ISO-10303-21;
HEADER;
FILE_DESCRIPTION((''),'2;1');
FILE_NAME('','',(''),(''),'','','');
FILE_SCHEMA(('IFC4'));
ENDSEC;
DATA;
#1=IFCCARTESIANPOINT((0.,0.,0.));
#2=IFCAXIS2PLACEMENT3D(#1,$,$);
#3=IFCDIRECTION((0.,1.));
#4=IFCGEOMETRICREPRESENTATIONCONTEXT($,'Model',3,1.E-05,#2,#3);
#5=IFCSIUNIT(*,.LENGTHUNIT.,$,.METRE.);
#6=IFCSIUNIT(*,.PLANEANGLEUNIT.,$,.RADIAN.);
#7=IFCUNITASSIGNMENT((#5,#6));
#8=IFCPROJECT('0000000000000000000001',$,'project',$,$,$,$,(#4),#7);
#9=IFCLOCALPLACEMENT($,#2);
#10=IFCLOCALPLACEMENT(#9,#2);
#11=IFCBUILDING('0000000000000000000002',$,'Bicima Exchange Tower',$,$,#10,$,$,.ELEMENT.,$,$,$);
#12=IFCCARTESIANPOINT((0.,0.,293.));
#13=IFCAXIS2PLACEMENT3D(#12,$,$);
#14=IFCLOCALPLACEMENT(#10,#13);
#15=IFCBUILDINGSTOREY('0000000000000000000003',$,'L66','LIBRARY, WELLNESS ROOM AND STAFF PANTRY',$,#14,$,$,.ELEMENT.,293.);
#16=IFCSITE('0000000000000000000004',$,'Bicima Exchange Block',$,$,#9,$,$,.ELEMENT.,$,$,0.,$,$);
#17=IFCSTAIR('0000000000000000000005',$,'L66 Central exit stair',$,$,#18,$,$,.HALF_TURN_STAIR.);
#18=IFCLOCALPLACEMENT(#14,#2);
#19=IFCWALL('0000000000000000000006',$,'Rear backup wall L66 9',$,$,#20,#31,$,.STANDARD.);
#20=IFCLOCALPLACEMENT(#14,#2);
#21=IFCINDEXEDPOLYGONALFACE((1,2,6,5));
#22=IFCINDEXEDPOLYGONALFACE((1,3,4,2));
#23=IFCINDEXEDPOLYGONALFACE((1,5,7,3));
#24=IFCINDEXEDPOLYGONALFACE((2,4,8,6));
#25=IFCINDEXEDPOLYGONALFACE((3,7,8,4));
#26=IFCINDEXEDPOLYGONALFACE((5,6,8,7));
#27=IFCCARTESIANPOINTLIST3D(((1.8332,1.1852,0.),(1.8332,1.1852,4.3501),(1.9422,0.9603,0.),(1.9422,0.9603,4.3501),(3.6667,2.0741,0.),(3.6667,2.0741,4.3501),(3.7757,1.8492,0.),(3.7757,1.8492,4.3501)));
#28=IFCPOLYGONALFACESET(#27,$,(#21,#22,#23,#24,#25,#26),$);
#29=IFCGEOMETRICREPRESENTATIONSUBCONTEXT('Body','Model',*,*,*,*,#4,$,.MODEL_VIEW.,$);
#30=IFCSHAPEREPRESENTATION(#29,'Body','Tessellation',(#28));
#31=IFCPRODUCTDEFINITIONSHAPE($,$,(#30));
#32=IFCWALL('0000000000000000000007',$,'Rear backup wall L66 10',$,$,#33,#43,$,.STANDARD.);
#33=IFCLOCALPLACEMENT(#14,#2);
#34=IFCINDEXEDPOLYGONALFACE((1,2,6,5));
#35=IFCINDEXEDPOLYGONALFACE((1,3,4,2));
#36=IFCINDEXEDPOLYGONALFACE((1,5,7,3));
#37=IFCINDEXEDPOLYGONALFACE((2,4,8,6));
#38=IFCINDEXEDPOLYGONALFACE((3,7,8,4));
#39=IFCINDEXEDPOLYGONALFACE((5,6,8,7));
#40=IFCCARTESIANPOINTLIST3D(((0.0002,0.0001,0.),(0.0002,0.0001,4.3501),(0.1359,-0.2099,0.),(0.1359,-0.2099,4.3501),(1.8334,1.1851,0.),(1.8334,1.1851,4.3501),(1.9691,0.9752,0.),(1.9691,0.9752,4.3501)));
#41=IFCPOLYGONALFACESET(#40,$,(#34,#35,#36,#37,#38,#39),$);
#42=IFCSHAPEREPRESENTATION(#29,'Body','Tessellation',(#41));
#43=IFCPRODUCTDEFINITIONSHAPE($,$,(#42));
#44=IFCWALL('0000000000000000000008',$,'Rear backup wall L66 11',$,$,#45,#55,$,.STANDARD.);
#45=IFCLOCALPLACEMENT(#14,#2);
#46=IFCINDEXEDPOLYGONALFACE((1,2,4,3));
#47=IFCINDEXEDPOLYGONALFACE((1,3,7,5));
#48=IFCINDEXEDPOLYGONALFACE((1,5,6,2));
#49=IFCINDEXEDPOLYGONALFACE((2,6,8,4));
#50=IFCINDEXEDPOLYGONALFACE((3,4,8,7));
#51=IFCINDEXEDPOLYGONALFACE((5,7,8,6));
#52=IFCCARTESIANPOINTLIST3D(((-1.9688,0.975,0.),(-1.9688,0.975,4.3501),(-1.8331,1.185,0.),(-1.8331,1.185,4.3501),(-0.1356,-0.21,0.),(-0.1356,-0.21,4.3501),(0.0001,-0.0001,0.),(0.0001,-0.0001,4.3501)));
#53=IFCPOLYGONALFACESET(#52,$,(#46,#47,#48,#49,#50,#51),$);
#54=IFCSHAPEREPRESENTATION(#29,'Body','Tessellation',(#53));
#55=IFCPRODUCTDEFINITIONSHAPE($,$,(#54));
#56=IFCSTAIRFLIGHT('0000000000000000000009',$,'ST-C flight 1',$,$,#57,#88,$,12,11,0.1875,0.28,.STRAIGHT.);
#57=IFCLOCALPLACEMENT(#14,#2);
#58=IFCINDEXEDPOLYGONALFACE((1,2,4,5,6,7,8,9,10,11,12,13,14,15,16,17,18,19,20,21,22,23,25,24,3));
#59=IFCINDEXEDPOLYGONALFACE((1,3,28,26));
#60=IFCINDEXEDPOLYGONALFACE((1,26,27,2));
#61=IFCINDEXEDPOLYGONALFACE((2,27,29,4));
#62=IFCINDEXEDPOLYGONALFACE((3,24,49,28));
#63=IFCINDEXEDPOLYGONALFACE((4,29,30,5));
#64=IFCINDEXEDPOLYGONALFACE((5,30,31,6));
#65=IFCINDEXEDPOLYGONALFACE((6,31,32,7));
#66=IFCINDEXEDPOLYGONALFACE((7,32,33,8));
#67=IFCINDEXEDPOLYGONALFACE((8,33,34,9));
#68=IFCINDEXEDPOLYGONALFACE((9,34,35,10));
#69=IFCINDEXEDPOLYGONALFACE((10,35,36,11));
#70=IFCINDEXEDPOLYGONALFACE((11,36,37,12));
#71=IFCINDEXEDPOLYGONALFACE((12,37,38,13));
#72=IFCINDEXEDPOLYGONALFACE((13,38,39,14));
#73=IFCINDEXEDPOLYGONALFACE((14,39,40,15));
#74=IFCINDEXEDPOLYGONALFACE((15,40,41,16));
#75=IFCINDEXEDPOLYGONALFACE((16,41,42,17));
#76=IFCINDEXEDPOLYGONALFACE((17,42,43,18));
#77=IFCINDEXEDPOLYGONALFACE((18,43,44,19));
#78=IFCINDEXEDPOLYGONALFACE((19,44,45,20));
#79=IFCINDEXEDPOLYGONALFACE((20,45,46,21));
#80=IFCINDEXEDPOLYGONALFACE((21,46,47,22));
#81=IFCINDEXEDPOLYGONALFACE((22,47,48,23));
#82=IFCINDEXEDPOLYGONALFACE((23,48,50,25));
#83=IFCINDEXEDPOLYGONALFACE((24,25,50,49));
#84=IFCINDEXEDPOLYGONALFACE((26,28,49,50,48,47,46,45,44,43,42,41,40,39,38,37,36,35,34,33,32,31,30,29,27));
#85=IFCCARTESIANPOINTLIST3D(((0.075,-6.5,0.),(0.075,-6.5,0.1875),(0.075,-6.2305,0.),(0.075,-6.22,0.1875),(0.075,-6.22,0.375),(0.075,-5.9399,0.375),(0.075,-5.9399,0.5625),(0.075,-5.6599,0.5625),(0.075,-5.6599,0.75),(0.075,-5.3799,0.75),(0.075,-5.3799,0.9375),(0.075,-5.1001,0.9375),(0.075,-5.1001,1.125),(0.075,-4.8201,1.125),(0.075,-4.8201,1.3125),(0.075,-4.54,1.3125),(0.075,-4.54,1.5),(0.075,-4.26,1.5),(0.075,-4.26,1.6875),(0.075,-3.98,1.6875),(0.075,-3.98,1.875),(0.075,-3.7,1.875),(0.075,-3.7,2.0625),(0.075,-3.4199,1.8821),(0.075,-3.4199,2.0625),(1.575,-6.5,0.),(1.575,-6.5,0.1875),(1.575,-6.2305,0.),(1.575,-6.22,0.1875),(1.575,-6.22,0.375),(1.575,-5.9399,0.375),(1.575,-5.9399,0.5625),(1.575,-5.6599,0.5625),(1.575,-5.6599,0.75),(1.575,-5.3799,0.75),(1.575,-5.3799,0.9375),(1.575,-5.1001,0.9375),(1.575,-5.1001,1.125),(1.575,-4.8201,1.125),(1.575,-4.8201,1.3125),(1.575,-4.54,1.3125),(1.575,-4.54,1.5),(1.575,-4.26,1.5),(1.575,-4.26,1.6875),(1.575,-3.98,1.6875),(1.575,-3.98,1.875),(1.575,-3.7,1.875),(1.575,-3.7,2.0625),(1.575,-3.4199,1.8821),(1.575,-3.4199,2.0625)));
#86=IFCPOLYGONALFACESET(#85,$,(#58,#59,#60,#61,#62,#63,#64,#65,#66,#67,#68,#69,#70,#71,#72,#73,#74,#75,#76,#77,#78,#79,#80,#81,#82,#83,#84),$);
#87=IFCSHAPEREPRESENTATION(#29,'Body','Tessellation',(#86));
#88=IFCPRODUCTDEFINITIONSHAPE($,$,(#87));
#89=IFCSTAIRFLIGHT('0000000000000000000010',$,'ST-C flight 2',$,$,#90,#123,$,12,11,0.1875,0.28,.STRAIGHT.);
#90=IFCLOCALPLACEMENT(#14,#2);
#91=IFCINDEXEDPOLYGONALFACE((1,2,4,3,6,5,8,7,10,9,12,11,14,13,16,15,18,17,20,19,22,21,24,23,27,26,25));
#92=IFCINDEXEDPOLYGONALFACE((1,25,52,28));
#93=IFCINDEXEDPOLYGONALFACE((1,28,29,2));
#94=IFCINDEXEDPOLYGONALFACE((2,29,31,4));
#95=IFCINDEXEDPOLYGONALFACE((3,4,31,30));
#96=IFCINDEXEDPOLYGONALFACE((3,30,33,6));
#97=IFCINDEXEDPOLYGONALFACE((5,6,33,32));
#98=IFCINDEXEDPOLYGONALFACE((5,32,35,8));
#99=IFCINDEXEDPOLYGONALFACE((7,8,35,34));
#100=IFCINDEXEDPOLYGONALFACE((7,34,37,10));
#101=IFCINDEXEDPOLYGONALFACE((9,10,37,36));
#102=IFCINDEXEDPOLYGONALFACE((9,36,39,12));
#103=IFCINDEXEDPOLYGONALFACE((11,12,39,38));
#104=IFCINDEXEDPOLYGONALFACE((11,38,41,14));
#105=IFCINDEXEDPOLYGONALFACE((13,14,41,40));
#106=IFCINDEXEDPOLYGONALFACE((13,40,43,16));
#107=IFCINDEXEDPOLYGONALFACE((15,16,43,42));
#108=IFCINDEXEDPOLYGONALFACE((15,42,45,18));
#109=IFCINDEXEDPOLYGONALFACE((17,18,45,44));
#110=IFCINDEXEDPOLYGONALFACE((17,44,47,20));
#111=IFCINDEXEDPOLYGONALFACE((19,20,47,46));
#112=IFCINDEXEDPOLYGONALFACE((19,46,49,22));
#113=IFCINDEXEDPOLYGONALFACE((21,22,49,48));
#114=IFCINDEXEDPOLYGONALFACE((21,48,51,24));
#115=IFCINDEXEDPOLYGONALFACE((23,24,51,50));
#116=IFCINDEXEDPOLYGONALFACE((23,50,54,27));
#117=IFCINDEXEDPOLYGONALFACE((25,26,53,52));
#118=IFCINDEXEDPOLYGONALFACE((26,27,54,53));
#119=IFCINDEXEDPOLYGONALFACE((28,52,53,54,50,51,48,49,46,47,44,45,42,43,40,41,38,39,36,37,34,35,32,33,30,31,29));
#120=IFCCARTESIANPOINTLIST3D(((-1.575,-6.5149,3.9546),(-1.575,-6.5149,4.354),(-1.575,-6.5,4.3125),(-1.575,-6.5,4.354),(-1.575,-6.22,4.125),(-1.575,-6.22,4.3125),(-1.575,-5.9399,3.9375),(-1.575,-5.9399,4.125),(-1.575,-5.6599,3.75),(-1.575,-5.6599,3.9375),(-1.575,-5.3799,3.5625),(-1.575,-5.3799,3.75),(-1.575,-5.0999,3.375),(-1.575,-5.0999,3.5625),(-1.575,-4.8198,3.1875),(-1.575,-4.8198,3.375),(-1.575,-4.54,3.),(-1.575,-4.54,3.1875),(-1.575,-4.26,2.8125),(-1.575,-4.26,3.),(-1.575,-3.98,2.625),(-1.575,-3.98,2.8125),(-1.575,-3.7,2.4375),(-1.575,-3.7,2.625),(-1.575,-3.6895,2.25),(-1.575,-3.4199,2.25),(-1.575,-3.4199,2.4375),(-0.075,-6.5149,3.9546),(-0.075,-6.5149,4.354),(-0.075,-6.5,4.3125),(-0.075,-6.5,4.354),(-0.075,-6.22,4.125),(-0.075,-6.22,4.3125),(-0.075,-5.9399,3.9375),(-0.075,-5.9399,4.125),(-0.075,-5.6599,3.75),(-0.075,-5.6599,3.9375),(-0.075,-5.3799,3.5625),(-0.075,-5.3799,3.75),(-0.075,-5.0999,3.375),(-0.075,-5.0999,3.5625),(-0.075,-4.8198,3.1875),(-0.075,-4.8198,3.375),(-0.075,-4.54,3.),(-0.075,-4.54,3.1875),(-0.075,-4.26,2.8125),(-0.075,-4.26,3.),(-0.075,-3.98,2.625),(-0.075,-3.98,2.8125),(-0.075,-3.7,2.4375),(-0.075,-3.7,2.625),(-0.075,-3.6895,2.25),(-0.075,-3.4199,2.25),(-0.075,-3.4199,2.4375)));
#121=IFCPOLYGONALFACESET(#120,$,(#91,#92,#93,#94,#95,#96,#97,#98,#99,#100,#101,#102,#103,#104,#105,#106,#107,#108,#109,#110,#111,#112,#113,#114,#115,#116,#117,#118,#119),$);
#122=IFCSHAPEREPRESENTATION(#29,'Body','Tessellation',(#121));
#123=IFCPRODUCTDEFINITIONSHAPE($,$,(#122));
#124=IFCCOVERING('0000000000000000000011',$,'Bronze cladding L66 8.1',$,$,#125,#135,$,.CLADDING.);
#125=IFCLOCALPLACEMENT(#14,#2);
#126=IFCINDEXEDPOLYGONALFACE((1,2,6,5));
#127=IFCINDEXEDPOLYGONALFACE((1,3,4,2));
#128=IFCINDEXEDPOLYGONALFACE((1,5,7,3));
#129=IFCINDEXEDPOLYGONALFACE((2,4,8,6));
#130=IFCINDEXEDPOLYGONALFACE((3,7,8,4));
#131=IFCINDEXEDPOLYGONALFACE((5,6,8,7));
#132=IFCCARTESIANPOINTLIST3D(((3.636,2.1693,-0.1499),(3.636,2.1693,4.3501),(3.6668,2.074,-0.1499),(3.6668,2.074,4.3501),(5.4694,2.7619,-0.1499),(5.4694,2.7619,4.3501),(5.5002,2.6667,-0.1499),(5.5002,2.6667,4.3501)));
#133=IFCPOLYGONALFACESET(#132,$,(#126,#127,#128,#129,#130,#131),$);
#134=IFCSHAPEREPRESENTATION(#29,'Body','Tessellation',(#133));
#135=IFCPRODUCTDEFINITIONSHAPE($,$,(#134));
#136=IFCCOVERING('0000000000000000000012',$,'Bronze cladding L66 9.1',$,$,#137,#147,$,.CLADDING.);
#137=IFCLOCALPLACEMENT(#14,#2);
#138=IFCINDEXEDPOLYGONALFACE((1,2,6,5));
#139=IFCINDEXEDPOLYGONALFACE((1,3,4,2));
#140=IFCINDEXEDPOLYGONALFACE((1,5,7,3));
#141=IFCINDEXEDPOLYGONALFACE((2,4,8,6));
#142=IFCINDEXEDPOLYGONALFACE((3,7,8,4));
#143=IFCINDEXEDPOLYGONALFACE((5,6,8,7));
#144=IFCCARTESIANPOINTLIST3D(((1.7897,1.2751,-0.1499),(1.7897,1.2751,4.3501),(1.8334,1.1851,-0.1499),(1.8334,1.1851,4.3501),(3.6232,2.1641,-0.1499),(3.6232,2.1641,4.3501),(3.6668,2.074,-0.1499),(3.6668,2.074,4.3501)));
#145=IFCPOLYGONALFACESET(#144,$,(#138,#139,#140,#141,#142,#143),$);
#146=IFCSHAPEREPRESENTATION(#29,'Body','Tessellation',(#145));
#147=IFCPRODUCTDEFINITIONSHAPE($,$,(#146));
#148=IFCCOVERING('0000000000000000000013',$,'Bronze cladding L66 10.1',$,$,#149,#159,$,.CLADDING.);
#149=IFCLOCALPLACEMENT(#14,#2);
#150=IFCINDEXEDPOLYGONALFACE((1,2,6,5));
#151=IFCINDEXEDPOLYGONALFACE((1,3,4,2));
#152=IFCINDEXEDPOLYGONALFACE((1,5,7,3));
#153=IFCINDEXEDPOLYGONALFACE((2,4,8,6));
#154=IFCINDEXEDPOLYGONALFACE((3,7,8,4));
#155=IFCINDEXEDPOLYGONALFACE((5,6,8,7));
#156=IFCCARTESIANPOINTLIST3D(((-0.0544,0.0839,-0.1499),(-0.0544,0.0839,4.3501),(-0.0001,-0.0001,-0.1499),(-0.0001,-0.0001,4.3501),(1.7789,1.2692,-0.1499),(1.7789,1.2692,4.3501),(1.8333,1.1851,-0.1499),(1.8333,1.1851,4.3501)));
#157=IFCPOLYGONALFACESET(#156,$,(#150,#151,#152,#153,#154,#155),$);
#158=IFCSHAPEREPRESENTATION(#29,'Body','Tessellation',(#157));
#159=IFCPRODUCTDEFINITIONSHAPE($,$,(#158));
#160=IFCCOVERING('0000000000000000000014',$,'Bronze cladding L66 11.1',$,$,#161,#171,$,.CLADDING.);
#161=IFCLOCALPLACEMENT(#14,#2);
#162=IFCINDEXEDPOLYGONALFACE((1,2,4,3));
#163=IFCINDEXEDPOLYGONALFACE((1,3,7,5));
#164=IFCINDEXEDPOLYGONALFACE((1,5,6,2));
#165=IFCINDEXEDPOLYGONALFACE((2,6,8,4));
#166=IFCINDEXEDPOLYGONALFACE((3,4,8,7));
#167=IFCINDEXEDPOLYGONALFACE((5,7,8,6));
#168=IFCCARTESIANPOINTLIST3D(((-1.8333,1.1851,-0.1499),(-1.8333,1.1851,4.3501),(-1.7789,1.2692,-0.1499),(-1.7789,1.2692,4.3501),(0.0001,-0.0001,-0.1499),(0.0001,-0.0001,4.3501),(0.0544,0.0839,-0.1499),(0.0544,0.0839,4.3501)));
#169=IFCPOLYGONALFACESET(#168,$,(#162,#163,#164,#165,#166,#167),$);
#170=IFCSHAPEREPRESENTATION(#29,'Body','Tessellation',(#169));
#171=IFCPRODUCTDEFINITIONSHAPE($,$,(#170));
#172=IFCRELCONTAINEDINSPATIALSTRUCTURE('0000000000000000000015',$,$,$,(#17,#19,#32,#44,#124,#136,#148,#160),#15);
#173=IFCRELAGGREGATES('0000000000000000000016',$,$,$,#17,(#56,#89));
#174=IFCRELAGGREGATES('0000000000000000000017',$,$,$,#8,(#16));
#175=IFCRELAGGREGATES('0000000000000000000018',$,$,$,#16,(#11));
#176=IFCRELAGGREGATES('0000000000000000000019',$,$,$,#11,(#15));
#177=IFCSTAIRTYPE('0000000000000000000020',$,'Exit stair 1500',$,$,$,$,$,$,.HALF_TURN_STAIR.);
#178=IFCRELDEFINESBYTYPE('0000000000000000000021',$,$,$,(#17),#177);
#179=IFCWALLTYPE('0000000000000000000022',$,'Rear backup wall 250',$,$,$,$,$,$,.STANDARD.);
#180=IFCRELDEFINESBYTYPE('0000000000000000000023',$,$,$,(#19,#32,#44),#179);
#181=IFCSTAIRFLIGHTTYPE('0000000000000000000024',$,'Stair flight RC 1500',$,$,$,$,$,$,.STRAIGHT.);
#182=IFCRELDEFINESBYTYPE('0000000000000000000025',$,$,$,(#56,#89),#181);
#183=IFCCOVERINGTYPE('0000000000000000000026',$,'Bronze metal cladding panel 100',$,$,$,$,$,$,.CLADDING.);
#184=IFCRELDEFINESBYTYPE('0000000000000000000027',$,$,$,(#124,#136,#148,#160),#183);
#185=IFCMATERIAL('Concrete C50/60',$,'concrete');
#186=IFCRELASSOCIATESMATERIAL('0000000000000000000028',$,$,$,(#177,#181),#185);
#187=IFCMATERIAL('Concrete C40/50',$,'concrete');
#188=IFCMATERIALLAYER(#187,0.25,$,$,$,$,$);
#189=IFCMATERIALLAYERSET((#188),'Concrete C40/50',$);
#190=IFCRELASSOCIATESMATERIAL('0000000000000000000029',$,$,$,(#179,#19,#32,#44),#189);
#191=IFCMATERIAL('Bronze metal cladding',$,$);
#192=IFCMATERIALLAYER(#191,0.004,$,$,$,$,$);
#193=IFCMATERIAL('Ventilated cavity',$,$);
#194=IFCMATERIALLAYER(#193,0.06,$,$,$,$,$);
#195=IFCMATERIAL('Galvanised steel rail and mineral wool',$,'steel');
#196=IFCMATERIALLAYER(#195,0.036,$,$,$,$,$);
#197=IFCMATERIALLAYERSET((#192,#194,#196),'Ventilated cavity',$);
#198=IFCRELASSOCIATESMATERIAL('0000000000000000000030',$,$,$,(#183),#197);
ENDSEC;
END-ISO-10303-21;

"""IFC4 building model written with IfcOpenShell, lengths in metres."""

from ifc_helpers import new_model, si_unit, direction, frame, frame_2d, origin, origin_2d, place, context, subcontext, project, spatial, polyline, rectangle, outline, extrude, material, layer, layer_set, layer_usage, type_object, element, aggregate, save


model = new_model("IFC4")

# Units and contexts
model_context = context("Model", 3, precision=1e-05, world=origin(), true_north=direction((0.0, 1.0)))
body_context = subcontext(model_context, "Body", "Model", "MODEL_VIEW")
ifc_project = project(units=[si_unit("LENGTHUNIT", "METRE"), si_unit("PLANEANGLEUNIT", "RADIAN")], contexts=[model_context])

# Site, building, storey
site_placement = place(None, origin())
site = spatial("IfcSite", under=ifc_project, at=site_placement, Name="Bicima Exchange Block", CompositionType="ELEMENT", RefElevation=0.0)
building_placement = place(site_placement, origin())
building = spatial("IfcBuilding", under=site, at=building_placement, Name="Bicima Exchange Tower", CompositionType="ELEMENT")
storey_placement = place(building_placement, frame((0.0, 0.0, 293.0)))
storey = spatial("IfcBuildingStorey", under=building, at=storey_placement, Name="L66", Description="LIBRARY, WELLNESS ROOM AND STAFF PANTRY", CompositionType="ELEMENT", Elevation=293.0)

# Shared definitions
ifc_material_1 = material(Name="Concrete C40/50", Category="concrete")

# Stair
ifc_material_2 = material(Name="Concrete C50/60", Category="concrete")
stair_type_1 = type_object("IfcStairType", Name="Exit stair 1500", PredefinedType="HALF_TURN_STAIR", material=ifc_material_2)
stair_1_placement = place(storey_placement, origin())
stair_1 = element("IfcStair", 1, at=stair_1_placement, inside=storey, type_object=stair_type_1, Name="L66 Central exit stair", PredefinedType="HALF_TURN_STAIR")

# Walls
ifc_layer_1 = layer(ifc_material_1, 0.25)
ifc_layer_set_1 = layer_set([ifc_layer_1], Name="Concrete C40/50")
ifc_layer_usage = layer_usage(ifc_layer_set_1, "AXIS2", "POSITIVE", -0.125)
wall_type_1 = type_object("IfcWallType", Name="Rear backup wall 250", PredefinedType="STANDARD", material=ifc_layer_set_1)
wall_1_placement = place(storey_placement, frame((3.7212, 1.9617, 0.0), z_axis=(0.0, 0.0, 1.0), x_axis=(-0.899824, -0.436253, 0.0)))
element("IfcWall", 2, at=wall_1_placement, inside=storey, type_object=wall_type_1, material=ifc_layer_usage, Name="Rear backup wall L66 9", PredefinedType="STANDARD", context=body_context, shape_type="SweptSolid", body=[
    extrude(rectangle(XDim=2.0376, YDim=0.25, at=frame_2d((1.0188, 0.0))), origin(), (0.0, 0.0, 1.0), 4.3501),
])
for number, where, z_axis, x_axis, name in (
    (3, (1.9011, 1.0801, 0.0), (0.0, 0.0, 1.0), (-0.839813, -0.542876, 0.0), "Rear backup wall L66 10"),
    (4, (-0.0679, -0.105, 0.0), (0.0, 0.0, 1.0), (-0.839813, 0.542876, 0.0), "Rear backup wall L66 11"),
):
    element("IfcWall", number, at=place(storey_placement, frame(where, z_axis=z_axis, x_axis=x_axis)), inside=storey, type_object=wall_type_1, material=ifc_layer_usage, Name=name, PredefinedType="STANDARD", context=body_context, shape_type="SweptSolid", body=[
        extrude(rectangle(XDim=2.1829, YDim=0.25, at=frame_2d((1.0913, 0.0))), origin(), (0.0, 0.0, 1.0), 4.3501),
    ])

# Stair flights
stair_flight_type = type_object("IfcStairFlightType", Name="Stair flight RC 1500", PredefinedType="STRAIGHT", material=ifc_material_2)
stair_flight_1_placement = place(storey_placement, frame((0.825, -6.5, 0.0), z_axis=(0.0, 0.0, 1.0), x_axis=(0.0, 1.0, 0.0)))
stair_flight_1 = element("IfcStairFlight", 5, at=stair_flight_1_placement, type_object=stair_flight_type, Name="ST-C flight 1", NumberOfRisers=12, NumberOfTreads=11, PredefinedType="STRAIGHT", RiserHeight=0.1875, TreadLength=0.28, context=body_context, shape_type="SweptSolid", body=[
    extrude(outline(polyline([(0.0, 0.0), (0.0, 0.1875), (0.28, 0.1875), (0.28, 0.375), (0.5601, 0.375), (0.5601, 0.5625), (0.8401, 0.5625), (0.8401, 0.75), (1.1201, 0.75), (1.1201, 0.9375), (1.3999, 0.9375), (1.3999, 1.125), (1.6799, 1.125), (1.6799, 1.3125), (1.96, 1.3125), (1.96, 1.5), (2.24, 1.5), (2.24, 1.6875), (2.52, 1.6875), (2.52, 1.875), (2.8, 1.875), (2.8, 2.0625), (3.0801, 2.0625), (3.0801, 2.25), (3.0801, 1.8821), (0.2695, 0.0), (0.0, 0.0)])), frame((0.0, 0.75, 0.0), z_axis=(0.0, -1.0, 0.0), x_axis=(1.0, 0.0, 0.0)), (0.0, 0.0, 1.0), 1.5),
])
stair_flight_2_placement = place(storey_placement, frame((-0.825, -3.4199, 2.25), z_axis=(0.0, 0.0, 1.0), x_axis=(0.0, -1.0, 0.0)))
stair_flight_2 = element("IfcStairFlight", 6, at=stair_flight_2_placement, type_object=stair_flight_type, Name="ST-C flight 2", NumberOfRisers=12, NumberOfTreads=11, PredefinedType="STRAIGHT", RiserHeight=0.1875, TreadLength=0.28, context=body_context, shape_type="SweptSolid", body=[
    extrude(outline(polyline([(0.0, 0.0), (0.0, 0.1875), (0.28, 0.1875), (0.28, 0.375), (0.5601, 0.375), (0.5601, 0.5625), (0.8401, 0.5625), (0.8401, 0.75), (1.1201, 0.75), (1.1201, 0.9375), (1.3999, 0.9375), (1.3999, 1.125), (1.6799, 1.125), (1.6799, 1.3125), (1.96, 1.3125), (1.96, 1.5), (2.24, 1.5), (2.24, 1.6875), (2.52, 1.6875), (2.52, 1.875), (2.8, 1.875), (2.8, 2.0625), (3.0801, 2.0625), (3.0801, 2.104), (3.095, 2.104), (3.095, 1.7046), (0.2695, 0.0), (0.0, 0.0)])), frame((0.0, 0.75, 0.0), z_axis=(0.0, -1.0, 0.0), x_axis=(1.0, 0.0, 0.0)), (0.0, 0.0, 1.0), 1.5),
])
aggregate(stair_1, [stair_flight_1, stair_flight_2])

# Coverings
ifc_material_3 = material(Name="Bronze metal cladding")
ifc_layer_2 = layer(ifc_material_3, 0.004)
ifc_material_4 = material(Name="Ventilated cavity")
ifc_layer_3 = layer(ifc_material_4, 0.06)
ifc_material_5 = material(Name="Galvanised steel rail and mineral wool", Category="steel")
ifc_layer_4 = layer(ifc_material_5, 0.036)
ifc_layer_set_2 = layer_set([ifc_layer_2, ifc_layer_3, ifc_layer_4], Name="Ventilated cavity")
covering_type = type_object("IfcCoveringType", Name="Bronze metal cladding panel 100", PredefinedType="CLADDING", material=ifc_layer_set_2)
covering_1_placement = place(storey_placement, frame((4.5681, 2.418, -0.1499), z_axis=(0.0, 0.0, 1.0), x_axis=(-0.951525, -0.307573, 0.0)))
element("IfcCovering", 7, at=covering_1_placement, inside=storey, type_object=covering_type, Name="Bronze cladding L66 8.1", PredefinedType="CLADDING", context=body_context, shape_type="SweptSolid", body=[
    extrude(rectangle(XDim=1.9268, YDim=0.1001, at=origin_2d()), origin(), (0.0, 0.0, 1.0), 4.5),
])
covering_2_placement = place(storey_placement, frame((2.7283, 1.6746, -0.1499), z_axis=(0.0, 0.0, 1.0), x_axis=(-0.899818, -0.436265, 0.0)))
element("IfcCovering", 8, at=covering_2_placement, inside=storey, type_object=covering_type, Name="Bronze cladding L66 9.1", PredefinedType="CLADDING", context=body_context, shape_type="SweptSolid", body=[
    extrude(rectangle(XDim=2.0376, YDim=0.1001, at=origin_2d()), origin(), (0.0, 0.0, 1.0), 4.5),
])
for number, where, z_axis, x_axis, name in (
    (9, (0.8894, 0.6345, -0.1499), (0.0, 0.0, 1.0), (-0.83979, -0.542911, 0.0), "Bronze cladding L66 10.1"),
    (10, (-0.8894, 0.6345, -0.1499), (0.0, 0.0, 1.0), (-0.83979, 0.542911, 0.0), "Bronze cladding L66 11.1"),
):
    element("IfcCovering", number, at=place(storey_placement, frame(where, z_axis=z_axis, x_axis=x_axis)), inside=storey, type_object=covering_type, Name=name, PredefinedType="CLADDING", context=body_context, shape_type="SweptSolid", body=[
        extrude(rectangle(XDim=2.1831, YDim=0.1001, at=origin_2d()), origin(), (0.0, 0.0, 1.0), 4.5),
    ])

save(model, "model.ifc")
